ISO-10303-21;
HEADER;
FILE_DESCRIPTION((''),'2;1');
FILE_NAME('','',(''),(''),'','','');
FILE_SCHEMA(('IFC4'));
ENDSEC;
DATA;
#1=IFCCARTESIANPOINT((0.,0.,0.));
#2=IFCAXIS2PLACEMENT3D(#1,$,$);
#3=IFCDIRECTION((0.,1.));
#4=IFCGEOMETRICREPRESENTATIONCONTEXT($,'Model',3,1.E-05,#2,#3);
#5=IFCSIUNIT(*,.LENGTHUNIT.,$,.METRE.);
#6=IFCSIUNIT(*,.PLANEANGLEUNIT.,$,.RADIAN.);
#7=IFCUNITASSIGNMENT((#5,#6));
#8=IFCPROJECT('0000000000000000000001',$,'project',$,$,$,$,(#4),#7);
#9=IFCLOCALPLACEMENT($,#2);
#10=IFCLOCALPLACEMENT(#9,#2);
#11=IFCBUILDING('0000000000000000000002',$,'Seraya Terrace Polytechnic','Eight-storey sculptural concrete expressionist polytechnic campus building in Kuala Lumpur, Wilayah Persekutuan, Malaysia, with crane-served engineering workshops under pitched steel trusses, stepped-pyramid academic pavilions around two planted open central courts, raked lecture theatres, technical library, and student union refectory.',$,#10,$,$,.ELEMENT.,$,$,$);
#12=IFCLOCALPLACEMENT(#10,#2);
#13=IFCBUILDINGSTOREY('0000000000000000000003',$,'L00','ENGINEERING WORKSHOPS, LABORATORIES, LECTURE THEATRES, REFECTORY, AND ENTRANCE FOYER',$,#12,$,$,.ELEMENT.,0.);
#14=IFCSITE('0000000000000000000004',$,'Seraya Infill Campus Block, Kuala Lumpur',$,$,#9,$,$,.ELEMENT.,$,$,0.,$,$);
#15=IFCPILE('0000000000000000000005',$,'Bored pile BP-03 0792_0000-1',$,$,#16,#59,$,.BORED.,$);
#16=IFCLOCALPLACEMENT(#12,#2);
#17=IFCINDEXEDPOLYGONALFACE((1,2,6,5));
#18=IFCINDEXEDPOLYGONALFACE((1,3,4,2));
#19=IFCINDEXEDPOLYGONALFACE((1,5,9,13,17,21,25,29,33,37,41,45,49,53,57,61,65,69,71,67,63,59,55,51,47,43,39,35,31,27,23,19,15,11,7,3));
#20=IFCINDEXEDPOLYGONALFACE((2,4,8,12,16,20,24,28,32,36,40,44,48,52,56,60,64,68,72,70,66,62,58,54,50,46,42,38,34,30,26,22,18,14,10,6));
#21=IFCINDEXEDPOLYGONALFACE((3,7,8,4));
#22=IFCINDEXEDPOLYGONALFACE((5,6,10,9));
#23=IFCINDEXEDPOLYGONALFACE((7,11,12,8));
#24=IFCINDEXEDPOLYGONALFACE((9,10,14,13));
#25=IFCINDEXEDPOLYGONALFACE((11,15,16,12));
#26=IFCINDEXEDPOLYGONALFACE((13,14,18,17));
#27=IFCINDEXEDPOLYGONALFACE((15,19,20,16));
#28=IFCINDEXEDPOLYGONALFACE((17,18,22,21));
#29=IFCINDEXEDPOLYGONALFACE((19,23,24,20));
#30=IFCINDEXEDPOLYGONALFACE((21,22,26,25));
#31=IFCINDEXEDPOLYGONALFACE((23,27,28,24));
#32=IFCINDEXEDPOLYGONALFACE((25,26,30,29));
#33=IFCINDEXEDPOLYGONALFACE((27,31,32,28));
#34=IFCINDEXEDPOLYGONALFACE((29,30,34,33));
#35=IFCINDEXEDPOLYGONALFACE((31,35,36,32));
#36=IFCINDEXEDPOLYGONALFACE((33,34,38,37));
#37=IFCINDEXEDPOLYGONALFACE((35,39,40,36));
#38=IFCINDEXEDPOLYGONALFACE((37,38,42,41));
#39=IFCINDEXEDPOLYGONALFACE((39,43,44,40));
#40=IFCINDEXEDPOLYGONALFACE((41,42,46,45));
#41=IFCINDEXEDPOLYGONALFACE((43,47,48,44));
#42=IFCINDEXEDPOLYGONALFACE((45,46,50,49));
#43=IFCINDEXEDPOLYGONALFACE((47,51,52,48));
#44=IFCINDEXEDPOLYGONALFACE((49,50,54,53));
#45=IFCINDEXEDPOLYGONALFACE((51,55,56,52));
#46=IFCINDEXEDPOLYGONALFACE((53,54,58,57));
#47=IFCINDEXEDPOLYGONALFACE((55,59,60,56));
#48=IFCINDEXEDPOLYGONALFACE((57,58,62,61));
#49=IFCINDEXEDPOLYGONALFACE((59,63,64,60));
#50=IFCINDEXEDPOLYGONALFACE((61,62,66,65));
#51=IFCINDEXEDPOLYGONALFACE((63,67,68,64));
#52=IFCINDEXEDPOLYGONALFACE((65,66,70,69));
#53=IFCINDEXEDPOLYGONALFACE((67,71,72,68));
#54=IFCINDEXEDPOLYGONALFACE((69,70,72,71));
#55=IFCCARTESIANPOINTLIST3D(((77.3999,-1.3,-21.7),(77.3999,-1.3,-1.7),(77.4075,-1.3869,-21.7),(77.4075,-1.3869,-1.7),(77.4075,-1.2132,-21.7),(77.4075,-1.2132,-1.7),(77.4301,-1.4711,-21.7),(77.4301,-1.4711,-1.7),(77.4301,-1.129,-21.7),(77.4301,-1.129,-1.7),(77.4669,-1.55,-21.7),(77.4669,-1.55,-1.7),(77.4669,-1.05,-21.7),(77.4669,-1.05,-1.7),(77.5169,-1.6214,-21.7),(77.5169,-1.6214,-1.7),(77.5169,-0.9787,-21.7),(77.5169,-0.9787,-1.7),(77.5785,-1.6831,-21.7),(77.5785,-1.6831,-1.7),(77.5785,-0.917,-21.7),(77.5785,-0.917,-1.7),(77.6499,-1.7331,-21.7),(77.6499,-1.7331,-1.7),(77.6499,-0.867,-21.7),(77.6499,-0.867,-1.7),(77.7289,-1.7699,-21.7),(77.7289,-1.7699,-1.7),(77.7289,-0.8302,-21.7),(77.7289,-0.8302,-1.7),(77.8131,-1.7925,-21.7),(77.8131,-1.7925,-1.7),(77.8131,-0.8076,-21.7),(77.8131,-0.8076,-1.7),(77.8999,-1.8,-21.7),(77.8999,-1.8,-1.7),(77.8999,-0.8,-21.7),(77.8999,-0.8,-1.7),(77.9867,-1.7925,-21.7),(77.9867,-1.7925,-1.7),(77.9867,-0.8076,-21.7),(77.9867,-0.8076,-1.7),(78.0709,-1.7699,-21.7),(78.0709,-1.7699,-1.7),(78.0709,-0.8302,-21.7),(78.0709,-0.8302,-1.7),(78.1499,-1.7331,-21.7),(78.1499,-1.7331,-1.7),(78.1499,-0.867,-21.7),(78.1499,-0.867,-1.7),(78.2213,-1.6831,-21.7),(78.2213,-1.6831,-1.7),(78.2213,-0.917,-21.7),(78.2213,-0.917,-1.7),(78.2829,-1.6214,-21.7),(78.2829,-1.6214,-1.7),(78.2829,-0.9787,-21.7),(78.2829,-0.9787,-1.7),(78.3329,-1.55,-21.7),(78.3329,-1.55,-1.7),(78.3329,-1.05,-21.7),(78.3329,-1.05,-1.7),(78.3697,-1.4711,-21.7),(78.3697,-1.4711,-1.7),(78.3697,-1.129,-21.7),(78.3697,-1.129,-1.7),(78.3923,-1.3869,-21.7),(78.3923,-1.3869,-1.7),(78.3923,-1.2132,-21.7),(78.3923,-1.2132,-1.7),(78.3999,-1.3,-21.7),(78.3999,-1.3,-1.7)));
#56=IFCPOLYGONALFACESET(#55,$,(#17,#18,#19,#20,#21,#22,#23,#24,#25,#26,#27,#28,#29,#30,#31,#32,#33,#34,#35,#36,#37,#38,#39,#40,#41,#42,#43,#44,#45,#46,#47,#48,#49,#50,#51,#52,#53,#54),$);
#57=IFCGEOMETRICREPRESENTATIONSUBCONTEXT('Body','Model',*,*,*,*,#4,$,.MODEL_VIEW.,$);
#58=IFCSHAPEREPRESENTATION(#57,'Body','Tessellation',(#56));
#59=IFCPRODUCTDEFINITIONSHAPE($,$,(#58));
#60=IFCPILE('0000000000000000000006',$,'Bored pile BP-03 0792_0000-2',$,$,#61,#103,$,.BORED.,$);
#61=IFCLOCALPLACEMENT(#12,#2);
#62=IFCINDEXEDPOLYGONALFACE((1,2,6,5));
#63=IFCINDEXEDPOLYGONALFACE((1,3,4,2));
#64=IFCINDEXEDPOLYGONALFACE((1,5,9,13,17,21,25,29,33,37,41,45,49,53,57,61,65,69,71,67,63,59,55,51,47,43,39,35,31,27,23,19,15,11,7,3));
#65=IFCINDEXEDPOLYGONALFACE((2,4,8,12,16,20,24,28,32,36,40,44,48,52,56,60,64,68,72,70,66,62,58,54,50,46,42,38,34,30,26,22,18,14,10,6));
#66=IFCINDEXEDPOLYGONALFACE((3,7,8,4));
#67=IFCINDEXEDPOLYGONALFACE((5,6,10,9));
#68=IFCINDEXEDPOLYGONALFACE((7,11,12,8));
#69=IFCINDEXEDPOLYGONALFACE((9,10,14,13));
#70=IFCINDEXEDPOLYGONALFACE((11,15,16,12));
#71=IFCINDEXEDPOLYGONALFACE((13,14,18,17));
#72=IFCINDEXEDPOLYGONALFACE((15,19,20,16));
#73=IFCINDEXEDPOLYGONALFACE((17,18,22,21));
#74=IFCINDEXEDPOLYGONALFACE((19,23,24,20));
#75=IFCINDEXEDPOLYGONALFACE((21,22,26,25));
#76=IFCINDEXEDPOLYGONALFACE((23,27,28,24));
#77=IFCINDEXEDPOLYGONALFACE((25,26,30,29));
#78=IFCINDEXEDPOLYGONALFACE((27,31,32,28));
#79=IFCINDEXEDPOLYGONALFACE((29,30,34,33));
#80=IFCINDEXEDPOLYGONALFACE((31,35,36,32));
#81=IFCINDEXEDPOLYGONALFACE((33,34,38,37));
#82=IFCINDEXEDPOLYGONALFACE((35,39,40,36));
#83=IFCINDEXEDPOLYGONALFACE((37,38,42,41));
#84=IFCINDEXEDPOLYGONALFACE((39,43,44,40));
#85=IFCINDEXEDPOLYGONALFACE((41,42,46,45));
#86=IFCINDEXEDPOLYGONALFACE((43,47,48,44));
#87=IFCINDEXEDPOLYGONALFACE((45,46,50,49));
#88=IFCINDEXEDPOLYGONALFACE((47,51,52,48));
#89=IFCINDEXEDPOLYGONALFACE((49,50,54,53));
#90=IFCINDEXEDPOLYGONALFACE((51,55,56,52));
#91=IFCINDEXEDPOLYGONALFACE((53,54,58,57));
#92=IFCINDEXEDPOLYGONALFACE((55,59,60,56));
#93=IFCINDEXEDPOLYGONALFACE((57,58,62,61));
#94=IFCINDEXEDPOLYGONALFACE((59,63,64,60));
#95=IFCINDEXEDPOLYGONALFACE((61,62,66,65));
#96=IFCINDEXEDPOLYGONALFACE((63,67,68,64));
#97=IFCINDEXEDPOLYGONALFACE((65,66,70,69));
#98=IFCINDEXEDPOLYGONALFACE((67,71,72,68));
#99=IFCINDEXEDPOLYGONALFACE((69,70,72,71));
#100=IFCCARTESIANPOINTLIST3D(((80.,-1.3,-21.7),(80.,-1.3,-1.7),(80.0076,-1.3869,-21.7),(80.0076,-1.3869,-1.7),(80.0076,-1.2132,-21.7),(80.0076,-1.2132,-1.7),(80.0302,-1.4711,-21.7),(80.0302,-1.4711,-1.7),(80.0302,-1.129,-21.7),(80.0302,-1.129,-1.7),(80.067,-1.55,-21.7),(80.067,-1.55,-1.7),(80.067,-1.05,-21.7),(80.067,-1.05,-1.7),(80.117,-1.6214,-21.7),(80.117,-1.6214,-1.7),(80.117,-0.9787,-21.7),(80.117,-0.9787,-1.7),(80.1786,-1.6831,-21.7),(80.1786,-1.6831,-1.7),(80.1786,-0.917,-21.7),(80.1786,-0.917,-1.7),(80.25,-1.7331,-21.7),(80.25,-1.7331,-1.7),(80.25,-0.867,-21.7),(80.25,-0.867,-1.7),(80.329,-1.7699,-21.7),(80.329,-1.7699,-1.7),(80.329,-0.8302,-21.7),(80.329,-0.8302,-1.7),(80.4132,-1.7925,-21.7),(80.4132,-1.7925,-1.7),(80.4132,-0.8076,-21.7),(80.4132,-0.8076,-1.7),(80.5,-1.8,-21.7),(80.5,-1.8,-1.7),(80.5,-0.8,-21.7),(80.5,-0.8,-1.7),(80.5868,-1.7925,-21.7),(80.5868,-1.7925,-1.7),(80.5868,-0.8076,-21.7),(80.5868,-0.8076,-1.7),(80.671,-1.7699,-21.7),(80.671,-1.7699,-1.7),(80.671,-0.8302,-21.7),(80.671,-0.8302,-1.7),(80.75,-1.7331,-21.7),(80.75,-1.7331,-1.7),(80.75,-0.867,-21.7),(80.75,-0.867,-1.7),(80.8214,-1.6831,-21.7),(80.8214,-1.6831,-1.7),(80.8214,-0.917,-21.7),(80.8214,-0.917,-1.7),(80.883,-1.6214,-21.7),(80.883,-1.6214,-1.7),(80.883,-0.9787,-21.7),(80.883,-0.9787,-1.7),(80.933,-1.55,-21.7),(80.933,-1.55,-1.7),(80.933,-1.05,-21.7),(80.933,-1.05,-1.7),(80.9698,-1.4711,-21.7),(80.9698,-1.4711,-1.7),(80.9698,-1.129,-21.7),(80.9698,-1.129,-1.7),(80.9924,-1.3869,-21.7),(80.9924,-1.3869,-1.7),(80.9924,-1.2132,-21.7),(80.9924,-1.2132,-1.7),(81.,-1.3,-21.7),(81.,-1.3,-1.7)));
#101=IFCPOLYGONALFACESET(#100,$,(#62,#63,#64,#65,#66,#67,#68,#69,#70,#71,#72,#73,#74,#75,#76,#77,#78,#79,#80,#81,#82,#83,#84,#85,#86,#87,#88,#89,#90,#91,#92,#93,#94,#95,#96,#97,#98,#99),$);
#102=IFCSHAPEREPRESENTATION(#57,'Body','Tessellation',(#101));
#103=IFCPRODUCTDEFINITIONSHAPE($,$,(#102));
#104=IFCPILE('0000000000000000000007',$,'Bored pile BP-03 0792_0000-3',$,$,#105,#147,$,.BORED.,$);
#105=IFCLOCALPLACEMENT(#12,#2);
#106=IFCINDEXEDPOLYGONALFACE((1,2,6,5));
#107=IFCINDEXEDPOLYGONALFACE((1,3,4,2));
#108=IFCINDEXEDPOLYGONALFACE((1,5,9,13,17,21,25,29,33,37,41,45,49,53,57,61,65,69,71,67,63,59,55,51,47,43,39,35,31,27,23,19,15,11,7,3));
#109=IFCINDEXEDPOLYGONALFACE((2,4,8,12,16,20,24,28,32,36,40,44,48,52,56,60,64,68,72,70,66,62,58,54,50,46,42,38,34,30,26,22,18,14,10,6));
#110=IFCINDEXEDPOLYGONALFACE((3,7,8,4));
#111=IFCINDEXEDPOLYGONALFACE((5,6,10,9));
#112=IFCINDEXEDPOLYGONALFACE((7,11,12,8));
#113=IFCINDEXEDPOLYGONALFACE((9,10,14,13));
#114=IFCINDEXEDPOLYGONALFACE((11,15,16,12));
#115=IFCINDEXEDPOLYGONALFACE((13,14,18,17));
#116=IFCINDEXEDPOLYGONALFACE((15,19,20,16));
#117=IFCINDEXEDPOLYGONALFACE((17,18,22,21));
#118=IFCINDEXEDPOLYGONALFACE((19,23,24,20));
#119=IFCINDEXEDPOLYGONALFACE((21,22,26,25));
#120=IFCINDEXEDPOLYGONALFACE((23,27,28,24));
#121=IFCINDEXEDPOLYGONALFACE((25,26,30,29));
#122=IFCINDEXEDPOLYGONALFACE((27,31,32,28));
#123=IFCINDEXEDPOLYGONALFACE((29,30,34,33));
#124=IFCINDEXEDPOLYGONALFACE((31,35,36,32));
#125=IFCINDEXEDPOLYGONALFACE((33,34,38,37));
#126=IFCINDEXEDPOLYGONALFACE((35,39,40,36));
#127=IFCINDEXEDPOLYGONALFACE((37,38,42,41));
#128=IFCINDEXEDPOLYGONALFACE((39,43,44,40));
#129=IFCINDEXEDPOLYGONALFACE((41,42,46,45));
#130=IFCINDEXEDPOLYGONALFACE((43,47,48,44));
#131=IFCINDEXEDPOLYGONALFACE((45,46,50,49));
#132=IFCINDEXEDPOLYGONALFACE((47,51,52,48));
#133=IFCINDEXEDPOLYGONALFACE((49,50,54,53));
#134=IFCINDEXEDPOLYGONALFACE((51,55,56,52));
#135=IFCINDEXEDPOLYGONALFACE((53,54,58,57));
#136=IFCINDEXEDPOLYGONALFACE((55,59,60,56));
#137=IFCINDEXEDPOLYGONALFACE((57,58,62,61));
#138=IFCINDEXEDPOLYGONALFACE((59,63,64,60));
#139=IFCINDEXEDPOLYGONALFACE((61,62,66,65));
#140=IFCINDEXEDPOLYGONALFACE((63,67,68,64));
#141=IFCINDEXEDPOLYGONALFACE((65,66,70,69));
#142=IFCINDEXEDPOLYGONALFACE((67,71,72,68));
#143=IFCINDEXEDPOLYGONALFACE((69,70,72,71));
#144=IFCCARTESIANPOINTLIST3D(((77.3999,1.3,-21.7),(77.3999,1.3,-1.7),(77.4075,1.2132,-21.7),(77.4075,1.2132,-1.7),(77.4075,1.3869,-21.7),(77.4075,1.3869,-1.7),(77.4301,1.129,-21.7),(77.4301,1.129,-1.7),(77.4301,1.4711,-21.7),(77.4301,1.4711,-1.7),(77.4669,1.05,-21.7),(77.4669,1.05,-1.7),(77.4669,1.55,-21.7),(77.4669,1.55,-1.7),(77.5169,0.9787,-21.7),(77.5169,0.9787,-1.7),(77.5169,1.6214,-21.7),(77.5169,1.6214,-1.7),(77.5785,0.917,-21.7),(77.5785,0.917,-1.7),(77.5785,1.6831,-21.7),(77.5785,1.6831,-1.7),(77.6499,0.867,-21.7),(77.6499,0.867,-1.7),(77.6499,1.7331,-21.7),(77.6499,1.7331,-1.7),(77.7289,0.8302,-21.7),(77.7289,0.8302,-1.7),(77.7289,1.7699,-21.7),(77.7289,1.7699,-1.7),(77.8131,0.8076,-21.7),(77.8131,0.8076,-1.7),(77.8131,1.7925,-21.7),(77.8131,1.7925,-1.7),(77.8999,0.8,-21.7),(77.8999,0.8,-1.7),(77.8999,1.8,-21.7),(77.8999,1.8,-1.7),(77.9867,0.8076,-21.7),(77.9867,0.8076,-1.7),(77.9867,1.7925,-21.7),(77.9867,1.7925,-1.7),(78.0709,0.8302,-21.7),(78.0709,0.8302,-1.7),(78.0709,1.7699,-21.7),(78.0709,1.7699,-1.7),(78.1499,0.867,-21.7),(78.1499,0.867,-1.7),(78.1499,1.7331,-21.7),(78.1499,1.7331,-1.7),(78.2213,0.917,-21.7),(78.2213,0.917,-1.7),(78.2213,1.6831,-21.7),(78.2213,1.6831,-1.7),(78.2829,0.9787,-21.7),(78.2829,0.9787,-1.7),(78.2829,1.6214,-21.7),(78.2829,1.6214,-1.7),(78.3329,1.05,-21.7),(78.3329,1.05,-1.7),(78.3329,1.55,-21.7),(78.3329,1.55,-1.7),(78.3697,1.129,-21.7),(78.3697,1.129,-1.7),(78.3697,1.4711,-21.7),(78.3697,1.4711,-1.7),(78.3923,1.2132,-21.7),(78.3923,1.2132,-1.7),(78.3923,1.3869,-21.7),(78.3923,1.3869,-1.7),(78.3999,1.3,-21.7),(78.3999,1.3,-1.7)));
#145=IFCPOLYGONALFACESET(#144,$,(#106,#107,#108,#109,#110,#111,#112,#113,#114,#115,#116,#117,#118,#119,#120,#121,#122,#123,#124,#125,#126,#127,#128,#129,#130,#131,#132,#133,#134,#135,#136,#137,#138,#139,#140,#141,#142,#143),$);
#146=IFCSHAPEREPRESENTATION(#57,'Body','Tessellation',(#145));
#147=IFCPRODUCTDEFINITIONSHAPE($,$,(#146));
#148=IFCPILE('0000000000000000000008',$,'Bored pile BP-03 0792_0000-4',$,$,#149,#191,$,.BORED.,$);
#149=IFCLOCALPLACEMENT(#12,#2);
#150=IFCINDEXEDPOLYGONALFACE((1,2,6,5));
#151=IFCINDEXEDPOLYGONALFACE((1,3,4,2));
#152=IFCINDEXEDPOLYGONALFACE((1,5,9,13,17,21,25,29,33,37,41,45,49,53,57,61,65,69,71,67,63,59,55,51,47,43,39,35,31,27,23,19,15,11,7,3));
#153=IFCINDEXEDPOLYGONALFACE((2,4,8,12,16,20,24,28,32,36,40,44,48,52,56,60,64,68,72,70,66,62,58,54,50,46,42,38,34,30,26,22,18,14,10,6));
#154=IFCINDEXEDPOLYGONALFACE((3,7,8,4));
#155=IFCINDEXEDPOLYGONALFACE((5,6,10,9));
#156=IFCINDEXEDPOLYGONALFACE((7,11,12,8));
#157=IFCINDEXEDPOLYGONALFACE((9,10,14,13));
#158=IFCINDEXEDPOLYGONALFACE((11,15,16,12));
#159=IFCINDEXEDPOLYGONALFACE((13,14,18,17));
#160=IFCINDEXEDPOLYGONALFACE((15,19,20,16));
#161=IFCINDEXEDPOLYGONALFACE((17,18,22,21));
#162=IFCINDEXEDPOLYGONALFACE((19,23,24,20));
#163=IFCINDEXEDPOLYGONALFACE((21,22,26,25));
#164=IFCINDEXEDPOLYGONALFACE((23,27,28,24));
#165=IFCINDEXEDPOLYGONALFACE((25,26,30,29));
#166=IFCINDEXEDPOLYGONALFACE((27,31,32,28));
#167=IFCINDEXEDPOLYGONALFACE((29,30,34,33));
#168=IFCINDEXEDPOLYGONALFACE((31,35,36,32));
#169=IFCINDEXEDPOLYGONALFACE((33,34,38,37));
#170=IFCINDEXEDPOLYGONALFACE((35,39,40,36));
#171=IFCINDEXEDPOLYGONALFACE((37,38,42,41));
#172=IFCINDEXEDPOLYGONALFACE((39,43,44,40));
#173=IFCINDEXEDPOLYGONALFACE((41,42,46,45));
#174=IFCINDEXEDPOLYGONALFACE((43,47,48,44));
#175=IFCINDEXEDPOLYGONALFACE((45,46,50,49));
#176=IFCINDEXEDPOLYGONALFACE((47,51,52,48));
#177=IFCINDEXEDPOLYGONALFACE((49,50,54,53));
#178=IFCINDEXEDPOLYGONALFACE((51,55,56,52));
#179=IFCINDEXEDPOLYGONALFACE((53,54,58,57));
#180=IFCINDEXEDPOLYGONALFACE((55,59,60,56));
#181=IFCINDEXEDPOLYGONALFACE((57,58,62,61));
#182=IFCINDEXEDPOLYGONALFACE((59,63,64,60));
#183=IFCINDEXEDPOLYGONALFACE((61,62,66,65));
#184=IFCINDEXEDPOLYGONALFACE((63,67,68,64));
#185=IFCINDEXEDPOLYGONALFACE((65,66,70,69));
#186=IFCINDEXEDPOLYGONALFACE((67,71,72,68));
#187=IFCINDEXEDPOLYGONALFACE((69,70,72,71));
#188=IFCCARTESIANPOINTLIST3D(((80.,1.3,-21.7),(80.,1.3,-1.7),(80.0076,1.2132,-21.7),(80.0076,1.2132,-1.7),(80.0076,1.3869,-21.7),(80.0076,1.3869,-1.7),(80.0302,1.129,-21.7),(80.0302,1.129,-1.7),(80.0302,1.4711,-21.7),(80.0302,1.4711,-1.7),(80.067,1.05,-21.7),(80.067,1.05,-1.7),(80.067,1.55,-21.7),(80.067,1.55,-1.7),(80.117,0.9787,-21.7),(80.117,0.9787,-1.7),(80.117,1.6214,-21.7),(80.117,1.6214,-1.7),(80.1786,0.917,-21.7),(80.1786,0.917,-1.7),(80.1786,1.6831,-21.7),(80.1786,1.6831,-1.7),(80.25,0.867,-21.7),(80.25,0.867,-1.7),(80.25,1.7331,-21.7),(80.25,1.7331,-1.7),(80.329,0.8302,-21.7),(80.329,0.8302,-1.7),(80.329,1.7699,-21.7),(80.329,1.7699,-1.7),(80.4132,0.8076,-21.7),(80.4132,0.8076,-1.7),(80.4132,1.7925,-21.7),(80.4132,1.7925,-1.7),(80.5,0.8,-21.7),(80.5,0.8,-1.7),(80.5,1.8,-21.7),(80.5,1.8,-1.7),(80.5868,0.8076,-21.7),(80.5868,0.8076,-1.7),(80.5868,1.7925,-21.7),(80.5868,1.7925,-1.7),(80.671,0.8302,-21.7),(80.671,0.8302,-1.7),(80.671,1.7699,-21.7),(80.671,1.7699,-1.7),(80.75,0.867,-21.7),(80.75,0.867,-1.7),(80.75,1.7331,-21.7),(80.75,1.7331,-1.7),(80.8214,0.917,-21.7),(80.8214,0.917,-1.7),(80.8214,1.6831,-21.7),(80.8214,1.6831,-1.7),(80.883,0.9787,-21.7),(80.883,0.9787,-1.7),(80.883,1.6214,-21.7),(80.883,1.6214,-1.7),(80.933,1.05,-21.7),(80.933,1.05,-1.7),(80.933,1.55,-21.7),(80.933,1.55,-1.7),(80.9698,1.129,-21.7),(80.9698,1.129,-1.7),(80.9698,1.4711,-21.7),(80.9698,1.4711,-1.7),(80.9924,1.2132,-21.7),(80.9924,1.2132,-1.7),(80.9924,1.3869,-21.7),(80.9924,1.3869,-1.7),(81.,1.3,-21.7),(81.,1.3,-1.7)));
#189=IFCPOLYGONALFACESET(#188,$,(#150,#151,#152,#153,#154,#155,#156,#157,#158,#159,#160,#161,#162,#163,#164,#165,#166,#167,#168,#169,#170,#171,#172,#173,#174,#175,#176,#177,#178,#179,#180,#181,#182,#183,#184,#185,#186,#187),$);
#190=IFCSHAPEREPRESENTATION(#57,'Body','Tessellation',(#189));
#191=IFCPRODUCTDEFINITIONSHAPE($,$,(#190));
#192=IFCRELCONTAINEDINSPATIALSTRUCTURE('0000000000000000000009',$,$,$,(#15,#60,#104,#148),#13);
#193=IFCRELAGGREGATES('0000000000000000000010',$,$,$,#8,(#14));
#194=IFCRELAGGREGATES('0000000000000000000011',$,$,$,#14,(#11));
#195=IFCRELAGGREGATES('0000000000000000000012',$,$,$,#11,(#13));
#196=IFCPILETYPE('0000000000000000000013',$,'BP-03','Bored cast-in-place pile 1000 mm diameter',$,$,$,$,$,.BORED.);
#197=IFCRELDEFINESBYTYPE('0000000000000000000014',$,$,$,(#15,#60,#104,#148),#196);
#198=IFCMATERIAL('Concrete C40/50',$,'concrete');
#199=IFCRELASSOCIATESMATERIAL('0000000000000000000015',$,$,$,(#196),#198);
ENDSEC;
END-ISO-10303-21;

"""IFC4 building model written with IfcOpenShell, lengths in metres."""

from ifc_helpers import new_model, si_unit, direction, frame, origin, origin_2d, place, context, subcontext, project, spatial, circle, extrude, material, material_profile, profile_set, type_object, element, save


model = new_model("IFC4")

# Units and contexts
model_context = context("Model", 3, precision=1e-05, world=origin(), true_north=direction((0.0, 1.0)))
body_context = subcontext(model_context, "Body", "Model", "MODEL_VIEW")
ifc_project = project(units=[si_unit("LENGTHUNIT", "METRE"), si_unit("PLANEANGLEUNIT", "RADIAN")], contexts=[model_context])

# Site, building, storey
site_placement = place(None, origin())
site = spatial("IfcSite", under=ifc_project, at=site_placement, Name="Seraya Infill Campus Block, Kuala Lumpur", CompositionType="ELEMENT", RefElevation=0.0)
building_placement = place(site_placement, origin())
building = spatial("IfcBuilding", under=site, at=building_placement, Name="Seraya Terrace Polytechnic", Description="Eight-storey sculptural concrete expressionist polytechnic campus building in Kuala Lumpur, Wilayah Persekutuan, Malaysia, with crane-served engineering workshops under pitched steel trusses, stepped-pyramid academic pavilions around two planted open central courts, raked lecture theatres, technical library, and student union refectory.", CompositionType="ELEMENT")
storey_placement = place(building_placement, origin())
storey = spatial("IfcBuildingStorey", under=building, at=storey_placement, Name="L00", Description="ENGINEERING WORKSHOPS, LABORATORIES, LECTURE THEATRES, REFECTORY, AND ENTRANCE FOYER", CompositionType="ELEMENT", Elevation=0.0)

# Piles
ifc_material_1 = material(Name="Concrete C40/50", Category="concrete")
ifc_material_profile_1 = material_profile(ifc_material_1, circle(Radius=0.5, at=origin_2d()), Name="DIA 1000")
ifc_profile_set_1 = profile_set([ifc_material_profile_1], Name="Concrete C40/50")
pile_type_1 = type_object("IfcPileType", Name="BP-03", Description="Bored cast-in-place pile 1000 mm diameter", PredefinedType="BORED", material=ifc_profile_set_1)
for number, where, z_axis, x_axis, name in (
    (1, (77.8999, -1.3, -1.7), (0.0, 0.0, -1.0), (1.0, 0.0, 0.0), "Bored pile BP-03 0792_0000-1"),
    (2, (80.5, -1.3, -1.7), (0.0, 0.0, -1.0), (1.0, 0.0, 0.0), "Bored pile BP-03 0792_0000-2"),
    (3, (77.8999, 1.3, -1.7), (0.0, 0.0, -1.0), (1.0, 0.0, 0.0), "Bored pile BP-03 0792_0000-3"),
    (4, (80.5, 1.3, -1.7), (0.0, 0.0, -1.0), (1.0, 0.0, 0.0), "Bored pile BP-03 0792_0000-4"),
):
    element("IfcPile", number, at=place(storey_placement, frame(where, z_axis=z_axis, x_axis=x_axis)), inside=storey, type_object=pile_type_1, Name=name, PredefinedType="BORED", context=body_context, shape_type="SweptSolid", body=[
        extrude(circle(Radius=0.5, at=origin_2d()), origin(), (0.0, 0.0, 1.0), 20.0),
    ])

save(model, "model.ifc")
